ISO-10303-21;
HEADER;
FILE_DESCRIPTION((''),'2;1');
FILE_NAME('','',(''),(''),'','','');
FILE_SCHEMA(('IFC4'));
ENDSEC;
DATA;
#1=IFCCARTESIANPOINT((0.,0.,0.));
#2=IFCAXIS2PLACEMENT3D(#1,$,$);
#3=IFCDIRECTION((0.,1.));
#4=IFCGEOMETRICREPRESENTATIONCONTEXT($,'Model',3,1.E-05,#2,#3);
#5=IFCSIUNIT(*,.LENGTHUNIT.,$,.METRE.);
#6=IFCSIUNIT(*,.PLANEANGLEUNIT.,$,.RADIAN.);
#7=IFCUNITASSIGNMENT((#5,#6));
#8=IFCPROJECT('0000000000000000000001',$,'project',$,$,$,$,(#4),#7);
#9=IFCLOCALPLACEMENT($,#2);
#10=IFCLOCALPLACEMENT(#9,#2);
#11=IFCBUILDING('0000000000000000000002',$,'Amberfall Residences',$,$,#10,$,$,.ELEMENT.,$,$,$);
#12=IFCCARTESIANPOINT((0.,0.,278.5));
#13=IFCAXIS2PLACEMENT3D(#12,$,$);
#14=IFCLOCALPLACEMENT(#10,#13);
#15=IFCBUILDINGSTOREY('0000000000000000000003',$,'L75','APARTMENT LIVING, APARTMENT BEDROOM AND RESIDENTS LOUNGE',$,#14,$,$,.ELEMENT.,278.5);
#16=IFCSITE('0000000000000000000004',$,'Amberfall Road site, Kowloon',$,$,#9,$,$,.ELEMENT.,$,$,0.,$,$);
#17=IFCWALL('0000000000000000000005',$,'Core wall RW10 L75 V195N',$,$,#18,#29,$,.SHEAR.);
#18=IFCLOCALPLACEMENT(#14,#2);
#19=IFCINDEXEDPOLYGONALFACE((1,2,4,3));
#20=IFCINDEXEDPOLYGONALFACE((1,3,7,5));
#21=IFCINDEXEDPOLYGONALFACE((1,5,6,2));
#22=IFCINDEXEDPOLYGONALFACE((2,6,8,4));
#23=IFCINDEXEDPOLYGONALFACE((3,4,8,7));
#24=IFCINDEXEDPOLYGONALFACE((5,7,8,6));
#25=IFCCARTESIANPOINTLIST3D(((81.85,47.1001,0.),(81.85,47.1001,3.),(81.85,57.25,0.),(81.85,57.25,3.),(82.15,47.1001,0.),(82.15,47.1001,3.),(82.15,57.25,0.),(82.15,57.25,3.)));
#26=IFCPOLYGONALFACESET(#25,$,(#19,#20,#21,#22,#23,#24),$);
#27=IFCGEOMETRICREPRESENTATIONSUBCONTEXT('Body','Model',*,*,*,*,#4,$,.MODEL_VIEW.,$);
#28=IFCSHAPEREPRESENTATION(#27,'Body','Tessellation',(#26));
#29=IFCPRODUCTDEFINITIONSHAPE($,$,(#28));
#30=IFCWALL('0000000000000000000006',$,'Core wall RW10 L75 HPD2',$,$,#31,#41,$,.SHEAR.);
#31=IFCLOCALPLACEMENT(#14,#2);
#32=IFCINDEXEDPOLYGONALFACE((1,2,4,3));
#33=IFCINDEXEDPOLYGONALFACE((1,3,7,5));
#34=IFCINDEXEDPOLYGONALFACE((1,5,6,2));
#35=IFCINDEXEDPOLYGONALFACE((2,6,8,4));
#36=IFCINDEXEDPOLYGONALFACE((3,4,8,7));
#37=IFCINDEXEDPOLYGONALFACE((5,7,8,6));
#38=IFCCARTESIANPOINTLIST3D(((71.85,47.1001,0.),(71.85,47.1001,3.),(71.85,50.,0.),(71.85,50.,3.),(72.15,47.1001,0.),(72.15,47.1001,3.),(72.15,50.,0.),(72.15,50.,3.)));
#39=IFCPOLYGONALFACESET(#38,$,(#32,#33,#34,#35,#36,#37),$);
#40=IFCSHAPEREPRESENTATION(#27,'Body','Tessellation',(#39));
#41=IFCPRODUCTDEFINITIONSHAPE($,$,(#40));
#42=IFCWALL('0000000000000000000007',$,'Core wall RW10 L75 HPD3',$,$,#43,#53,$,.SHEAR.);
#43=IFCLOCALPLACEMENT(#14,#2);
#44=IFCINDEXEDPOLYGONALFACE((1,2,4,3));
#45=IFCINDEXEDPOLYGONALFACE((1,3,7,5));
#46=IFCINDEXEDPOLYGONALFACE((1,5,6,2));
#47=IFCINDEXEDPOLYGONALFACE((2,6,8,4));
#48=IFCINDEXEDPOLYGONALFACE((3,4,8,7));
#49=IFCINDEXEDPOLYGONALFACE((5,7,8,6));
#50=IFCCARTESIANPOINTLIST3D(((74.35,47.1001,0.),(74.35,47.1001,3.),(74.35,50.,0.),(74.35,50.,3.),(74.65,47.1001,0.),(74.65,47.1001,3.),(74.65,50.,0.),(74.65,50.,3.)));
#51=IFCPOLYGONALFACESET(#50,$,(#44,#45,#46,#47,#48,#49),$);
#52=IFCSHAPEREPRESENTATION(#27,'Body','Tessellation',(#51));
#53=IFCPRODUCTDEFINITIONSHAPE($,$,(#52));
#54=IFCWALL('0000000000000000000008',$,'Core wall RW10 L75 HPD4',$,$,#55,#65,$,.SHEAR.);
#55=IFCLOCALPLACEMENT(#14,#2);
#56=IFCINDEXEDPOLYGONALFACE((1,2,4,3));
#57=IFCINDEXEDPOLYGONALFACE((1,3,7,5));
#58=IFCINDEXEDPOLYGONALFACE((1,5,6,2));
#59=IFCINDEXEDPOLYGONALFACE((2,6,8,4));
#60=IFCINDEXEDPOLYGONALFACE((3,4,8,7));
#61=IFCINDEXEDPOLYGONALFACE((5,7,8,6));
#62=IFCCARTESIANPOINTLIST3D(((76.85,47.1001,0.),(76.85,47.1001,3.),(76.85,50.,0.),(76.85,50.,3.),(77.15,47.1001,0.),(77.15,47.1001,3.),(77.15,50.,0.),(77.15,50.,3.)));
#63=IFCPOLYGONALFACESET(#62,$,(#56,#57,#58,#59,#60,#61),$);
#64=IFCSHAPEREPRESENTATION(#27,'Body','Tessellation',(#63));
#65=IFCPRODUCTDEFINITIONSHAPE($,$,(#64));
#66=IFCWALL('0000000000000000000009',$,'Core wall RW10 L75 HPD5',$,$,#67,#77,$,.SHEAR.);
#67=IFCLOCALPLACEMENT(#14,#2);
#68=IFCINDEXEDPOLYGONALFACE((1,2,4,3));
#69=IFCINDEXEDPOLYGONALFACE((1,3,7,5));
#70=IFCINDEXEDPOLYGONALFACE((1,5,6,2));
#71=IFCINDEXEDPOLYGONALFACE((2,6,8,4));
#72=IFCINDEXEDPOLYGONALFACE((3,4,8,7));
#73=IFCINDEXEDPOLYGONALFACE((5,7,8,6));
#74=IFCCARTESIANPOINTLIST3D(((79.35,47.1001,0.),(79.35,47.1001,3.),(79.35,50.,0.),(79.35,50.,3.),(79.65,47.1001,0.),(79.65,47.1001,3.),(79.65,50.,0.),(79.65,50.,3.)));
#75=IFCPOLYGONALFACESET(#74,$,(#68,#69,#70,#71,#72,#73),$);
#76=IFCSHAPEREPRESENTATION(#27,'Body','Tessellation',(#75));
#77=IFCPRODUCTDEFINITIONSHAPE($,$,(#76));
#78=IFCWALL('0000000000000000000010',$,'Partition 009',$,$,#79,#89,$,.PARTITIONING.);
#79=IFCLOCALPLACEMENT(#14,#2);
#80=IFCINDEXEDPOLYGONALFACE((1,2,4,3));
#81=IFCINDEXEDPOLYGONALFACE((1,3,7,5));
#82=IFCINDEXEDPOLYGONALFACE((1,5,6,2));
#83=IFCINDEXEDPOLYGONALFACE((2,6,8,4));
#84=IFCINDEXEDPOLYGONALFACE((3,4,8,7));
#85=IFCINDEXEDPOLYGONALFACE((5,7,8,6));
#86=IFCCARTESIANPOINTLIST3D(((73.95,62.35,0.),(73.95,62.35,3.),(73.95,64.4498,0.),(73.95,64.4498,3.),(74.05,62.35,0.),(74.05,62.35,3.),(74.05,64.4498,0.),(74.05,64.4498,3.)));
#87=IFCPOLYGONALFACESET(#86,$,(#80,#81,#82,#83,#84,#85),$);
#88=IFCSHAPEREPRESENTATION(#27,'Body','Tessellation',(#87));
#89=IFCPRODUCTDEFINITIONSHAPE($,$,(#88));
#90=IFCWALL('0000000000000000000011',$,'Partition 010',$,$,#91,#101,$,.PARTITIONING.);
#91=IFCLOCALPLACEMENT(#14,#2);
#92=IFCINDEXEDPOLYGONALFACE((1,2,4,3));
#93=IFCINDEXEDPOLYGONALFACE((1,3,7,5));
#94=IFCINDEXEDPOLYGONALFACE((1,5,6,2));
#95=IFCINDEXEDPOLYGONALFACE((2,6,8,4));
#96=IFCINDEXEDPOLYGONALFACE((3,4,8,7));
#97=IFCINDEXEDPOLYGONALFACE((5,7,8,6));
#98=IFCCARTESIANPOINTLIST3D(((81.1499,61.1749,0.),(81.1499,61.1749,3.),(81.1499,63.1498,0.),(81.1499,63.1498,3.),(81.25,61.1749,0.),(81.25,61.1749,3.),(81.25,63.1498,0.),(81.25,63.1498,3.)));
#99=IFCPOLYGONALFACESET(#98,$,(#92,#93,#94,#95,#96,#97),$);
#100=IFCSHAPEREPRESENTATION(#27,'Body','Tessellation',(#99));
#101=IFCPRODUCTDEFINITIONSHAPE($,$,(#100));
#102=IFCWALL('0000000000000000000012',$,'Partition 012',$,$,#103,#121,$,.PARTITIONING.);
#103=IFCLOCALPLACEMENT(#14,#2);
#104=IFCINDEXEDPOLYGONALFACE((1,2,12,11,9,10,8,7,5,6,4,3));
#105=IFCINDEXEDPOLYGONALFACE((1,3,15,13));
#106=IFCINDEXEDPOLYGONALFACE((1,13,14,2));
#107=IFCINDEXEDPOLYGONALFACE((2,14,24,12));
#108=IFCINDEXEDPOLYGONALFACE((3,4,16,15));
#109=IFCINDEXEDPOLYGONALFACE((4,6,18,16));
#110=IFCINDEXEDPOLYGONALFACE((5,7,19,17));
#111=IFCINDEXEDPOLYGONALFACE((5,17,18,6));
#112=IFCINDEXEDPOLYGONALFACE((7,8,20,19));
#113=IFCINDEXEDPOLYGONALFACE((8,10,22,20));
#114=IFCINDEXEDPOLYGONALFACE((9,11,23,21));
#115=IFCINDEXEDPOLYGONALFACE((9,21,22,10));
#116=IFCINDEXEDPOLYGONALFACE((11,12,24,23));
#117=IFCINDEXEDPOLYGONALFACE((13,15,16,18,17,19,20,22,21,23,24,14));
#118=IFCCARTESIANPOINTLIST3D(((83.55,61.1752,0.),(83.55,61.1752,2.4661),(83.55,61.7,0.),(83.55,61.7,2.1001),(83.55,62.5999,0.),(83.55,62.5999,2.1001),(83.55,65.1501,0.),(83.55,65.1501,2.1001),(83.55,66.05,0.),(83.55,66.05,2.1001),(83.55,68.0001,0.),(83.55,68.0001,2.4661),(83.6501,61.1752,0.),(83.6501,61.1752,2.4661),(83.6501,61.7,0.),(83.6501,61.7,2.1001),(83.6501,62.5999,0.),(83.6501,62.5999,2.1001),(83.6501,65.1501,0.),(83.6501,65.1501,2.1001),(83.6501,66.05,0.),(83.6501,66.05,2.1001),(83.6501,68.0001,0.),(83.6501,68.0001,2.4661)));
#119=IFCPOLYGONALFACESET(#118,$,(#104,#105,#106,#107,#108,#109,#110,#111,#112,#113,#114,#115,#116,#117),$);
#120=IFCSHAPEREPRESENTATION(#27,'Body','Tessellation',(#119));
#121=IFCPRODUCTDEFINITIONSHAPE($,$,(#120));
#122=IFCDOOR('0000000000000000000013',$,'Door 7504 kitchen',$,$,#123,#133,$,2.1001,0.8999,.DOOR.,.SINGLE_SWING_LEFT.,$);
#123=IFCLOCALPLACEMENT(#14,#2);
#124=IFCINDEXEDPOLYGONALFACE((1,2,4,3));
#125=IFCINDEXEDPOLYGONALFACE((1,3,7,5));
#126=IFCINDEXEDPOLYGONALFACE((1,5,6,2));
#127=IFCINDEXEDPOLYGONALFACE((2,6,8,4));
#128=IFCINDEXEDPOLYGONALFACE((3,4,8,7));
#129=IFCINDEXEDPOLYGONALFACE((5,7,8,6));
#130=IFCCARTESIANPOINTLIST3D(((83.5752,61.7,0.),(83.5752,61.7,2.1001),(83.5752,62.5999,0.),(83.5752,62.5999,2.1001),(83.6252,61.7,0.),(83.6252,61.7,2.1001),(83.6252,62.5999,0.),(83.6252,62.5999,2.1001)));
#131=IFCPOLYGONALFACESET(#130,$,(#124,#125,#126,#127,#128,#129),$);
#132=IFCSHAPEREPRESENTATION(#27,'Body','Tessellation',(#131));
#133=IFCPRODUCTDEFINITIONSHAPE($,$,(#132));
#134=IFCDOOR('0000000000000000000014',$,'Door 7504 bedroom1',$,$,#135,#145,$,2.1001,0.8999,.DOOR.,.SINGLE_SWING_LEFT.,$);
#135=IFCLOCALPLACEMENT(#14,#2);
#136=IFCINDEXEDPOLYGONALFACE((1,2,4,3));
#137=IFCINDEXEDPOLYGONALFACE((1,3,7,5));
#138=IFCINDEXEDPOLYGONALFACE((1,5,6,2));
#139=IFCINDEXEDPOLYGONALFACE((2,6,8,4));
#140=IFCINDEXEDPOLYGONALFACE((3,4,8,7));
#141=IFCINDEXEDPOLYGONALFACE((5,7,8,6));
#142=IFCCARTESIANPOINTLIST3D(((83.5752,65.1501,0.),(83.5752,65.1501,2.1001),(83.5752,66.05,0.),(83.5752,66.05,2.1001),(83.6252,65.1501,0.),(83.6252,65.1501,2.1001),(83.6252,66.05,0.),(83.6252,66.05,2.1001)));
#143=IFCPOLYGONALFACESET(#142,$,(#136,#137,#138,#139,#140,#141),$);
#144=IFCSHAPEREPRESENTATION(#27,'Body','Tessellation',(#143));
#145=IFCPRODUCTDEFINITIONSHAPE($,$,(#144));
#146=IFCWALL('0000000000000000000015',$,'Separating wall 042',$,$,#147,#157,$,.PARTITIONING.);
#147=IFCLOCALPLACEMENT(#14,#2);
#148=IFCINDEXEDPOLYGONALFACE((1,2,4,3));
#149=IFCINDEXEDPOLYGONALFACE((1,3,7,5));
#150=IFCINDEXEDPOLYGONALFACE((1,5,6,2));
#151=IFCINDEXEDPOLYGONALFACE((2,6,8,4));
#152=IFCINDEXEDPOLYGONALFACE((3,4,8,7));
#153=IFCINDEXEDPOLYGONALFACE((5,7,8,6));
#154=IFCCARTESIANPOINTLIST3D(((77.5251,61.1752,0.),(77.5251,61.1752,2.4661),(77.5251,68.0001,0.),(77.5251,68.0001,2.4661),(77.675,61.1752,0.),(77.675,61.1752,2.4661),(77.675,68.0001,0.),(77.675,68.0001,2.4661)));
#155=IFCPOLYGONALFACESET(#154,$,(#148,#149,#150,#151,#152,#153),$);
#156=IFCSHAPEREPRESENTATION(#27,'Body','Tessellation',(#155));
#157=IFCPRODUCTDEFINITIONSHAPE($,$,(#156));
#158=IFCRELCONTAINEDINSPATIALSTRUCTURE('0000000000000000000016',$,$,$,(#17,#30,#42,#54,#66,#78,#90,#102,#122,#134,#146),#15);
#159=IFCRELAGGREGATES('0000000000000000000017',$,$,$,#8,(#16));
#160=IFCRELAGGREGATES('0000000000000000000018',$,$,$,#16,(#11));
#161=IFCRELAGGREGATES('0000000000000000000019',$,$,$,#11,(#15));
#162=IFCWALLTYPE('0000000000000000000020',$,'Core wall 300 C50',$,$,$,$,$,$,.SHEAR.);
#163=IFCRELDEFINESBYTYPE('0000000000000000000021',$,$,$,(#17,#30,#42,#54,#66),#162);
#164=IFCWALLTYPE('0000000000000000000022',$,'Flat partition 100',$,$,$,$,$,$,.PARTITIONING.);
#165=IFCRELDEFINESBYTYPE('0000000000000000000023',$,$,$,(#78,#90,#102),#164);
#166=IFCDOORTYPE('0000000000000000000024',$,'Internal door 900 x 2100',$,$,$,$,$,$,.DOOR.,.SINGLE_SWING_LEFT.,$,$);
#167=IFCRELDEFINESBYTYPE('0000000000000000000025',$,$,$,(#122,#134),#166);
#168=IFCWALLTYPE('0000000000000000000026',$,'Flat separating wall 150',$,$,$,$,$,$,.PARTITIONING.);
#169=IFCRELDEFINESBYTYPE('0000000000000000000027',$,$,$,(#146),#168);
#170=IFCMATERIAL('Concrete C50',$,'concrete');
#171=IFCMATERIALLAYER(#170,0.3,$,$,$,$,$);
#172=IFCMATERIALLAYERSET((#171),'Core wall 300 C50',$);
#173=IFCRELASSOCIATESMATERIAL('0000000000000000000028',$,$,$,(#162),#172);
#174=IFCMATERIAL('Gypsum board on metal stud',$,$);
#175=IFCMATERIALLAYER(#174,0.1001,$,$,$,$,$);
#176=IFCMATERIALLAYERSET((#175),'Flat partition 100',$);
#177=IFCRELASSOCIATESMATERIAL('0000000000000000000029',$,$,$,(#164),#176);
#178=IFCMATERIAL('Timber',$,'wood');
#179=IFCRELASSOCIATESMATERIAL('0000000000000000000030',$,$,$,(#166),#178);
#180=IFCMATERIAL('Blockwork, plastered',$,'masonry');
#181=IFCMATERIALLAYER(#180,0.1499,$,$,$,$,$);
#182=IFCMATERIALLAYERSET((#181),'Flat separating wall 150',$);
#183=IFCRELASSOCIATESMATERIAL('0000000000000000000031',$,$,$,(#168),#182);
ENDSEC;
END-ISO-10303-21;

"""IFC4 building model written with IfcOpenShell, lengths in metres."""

from ifc_helpers import new_model, si_unit, direction, frame, frame_2d, origin, place, context, subcontext, project, spatial, rectangle, extrude, material, layer, layer_set, type_object, element, fill, save


model = new_model("IFC4")

# Units and contexts
model_context = context("Model", 3, precision=1e-05, world=origin(), true_north=direction((0.0, 1.0)))
body_context = subcontext(model_context, "Body", "Model", "MODEL_VIEW")
ifc_project = project(units=[si_unit("LENGTHUNIT", "METRE"), si_unit("PLANEANGLEUNIT", "RADIAN")], contexts=[model_context])

# Site, building, storey
site_placement = place(None, origin())
site = spatial("IfcSite", under=ifc_project, at=site_placement, Name="Amberfall Road site, Kowloon", CompositionType="ELEMENT", RefElevation=0.0)
building_placement = place(site_placement, origin())
building = spatial("IfcBuilding", under=site, at=building_placement, Name="Amberfall Residences", CompositionType="ELEMENT")
storey_placement = place(building_placement, frame((0.0, 0.0, 278.5)))
storey = spatial("IfcBuildingStorey", under=building, at=storey_placement, Name="L75", Description="APARTMENT LIVING, APARTMENT BEDROOM AND RESIDENTS LOUNGE", CompositionType="ELEMENT", Elevation=278.5)

# Walls
ifc_material_1 = material(Name="Concrete C50", Category="concrete")
ifc_layer_1 = layer(ifc_material_1, 0.3)
ifc_layer_set_1 = layer_set([ifc_layer_1], Name="Core wall 300 C50")
wall_type_1 = type_object("IfcWallType", Name="Core wall 300 C50", PredefinedType="SHEAR", material=ifc_layer_set_1)
wall_1_placement = place(storey_placement, frame((82.0, 47.1001, 0.0), z_axis=(0.0, 0.0, 1.0), x_axis=(0.0, 1.0, 0.0)))
element("IfcWall", 1, at=wall_1_placement, inside=storey, type_object=wall_type_1, Name="Core wall RW10 L75 V195N", PredefinedType="SHEAR", context=body_context, shape_type="SweptSolid", body=[
    extrude(rectangle(XDim=10.1499, YDim=0.3, at=frame_2d((5.075, 0.0))), origin(), (0.0, 0.0, 1.0), 3.0),
])
for number, where, z_axis, x_axis, name in (
    (2, (72.0, 47.1001, 0.0), (0.0, 0.0, 1.0), (0.0, 1.0, 0.0), "Core wall RW10 L75 HPD2"),
    (3, (74.5, 47.1001, 0.0), (0.0, 0.0, 1.0), (0.0, 1.0, 0.0), "Core wall RW10 L75 HPD3"),
    (4, (77.0, 47.1001, 0.0), (0.0, 0.0, 1.0), (0.0, 1.0, 0.0), "Core wall RW10 L75 HPD4"),
    (5, (79.5, 47.1001, 0.0), (0.0, 0.0, 1.0), (0.0, 1.0, 0.0), "Core wall RW10 L75 HPD5"),
):
    element("IfcWall", number, at=place(storey_placement, frame(where, z_axis=z_axis, x_axis=x_axis)), inside=storey, type_object=wall_type_1, Name=name, PredefinedType="SHEAR", context=body_context, shape_type="SweptSolid", body=[
        extrude(rectangle(XDim=2.8999, YDim=0.3, at=frame_2d((1.45, 0.0))), origin(), (0.0, 0.0, 1.0), 3.0),
    ])
ifc_material_2 = material(Name="Gypsum board on metal stud")
ifc_layer_2 = layer(ifc_material_2, 0.1001)
ifc_layer_set_2 = layer_set([ifc_layer_2], Name="Flat partition 100")
wall_type_2 = type_object("IfcWallType", Name="Flat partition 100", PredefinedType="PARTITIONING", material=ifc_layer_set_2)
wall_2_placement = place(storey_placement, frame((74.0, 62.3501, 0.0), z_axis=(0.0, 0.0, 1.0), x_axis=(0.0, 1.0, 0.0)))
element("IfcWall", 6, at=wall_2_placement, inside=storey, type_object=wall_type_2, Name="Partition 009", PredefinedType="PARTITIONING", context=body_context, shape_type="SweptSolid", body=[
    extrude(rectangle(XDim=2.0999, YDim=0.1001, at=frame_2d((1.0498, 0.0))), origin(), (0.0, 0.0, 1.0), 3.0),
])
wall_3_placement = place(storey_placement, frame((81.2, 61.175, 0.0), z_axis=(0.0, 0.0, 1.0), x_axis=(0.0, 1.0, 0.0)))
element("IfcWall", 7, at=wall_3_placement, inside=storey, type_object=wall_type_2, Name="Partition 010", PredefinedType="PARTITIONING", context=body_context, shape_type="SweptSolid", body=[
    extrude(rectangle(XDim=1.9749, YDim=0.1001, at=frame_2d((0.9873, 0.0))), origin(), (0.0, 0.0, 1.0), 3.0),
])

# Wall, openings, doors
wall_4_placement = place(storey_placement, frame((83.6001, 61.175, 0.0), z_axis=(0.0, 0.0, 1.0), x_axis=(0.0, 1.0, 0.0)))
wall_4 = element("IfcWall", 8, at=wall_4_placement, inside=storey, type_object=wall_type_2, Name="Partition 012", PredefinedType="PARTITIONING", context=body_context, shape_type="SweptSolid", body=[
    extrude(rectangle(XDim=6.825, YDim=0.1001, at=frame_2d((3.4126, 0.0))), origin(), (0.0, 0.0, 1.0), 2.4661),
])
opening_1_placement = place(wall_4_placement, frame((0.5249, 0.0, 0.0)))
opening_1 = element("IfcOpeningElement", 9, at=opening_1_placement, cuts=wall_4, PredefinedType="OPENING", context=body_context, shape_type="SweptSolid", body=[
    extrude(rectangle(XDim=0.8999, YDim=2.1001, at=frame_2d((0.45, 1.05))), frame((0.0, 0.0601, 0.0), z_axis=(0.0, -1.0, 0.0), x_axis=(1.0, 0.0, 0.0)), (0.0, 0.0, 1.0), 0.1201),
])
opening_2_placement = place(wall_4_placement, frame((3.9751, 0.0, 0.0)))
opening_2 = element("IfcOpeningElement", 10, at=opening_2_placement, cuts=wall_4, PredefinedType="OPENING", context=body_context, shape_type="SweptSolid", body=[
    extrude(rectangle(XDim=0.8999, YDim=2.1001, at=frame_2d((0.45, 1.05))), frame((0.0, 0.0601, 0.0), z_axis=(0.0, -1.0, 0.0), x_axis=(1.0, 0.0, 0.0)), (0.0, 0.0, 1.0), 0.1201),
])
ifc_material_3 = material(Name="Timber", Category="wood")
door_type_1 = type_object("IfcDoorType", Name="Internal door 900 x 2100", OperationType="SINGLE_SWING_LEFT", PredefinedType="DOOR", material=ifc_material_3)
door_1_placement = place(opening_1_placement, origin())
door_1 = element("IfcDoor", 11, at=door_1_placement, inside=storey, type_object=door_type_1, Name="Door 7504 kitchen", OperationType="SINGLE_SWING_LEFT", OverallHeight=2.1001, OverallWidth=0.8999, PredefinedType="DOOR", context=body_context, shape_type="SweptSolid", body=[
    extrude(rectangle(XDim=0.8999, YDim=2.1001, at=frame_2d((0.45, 1.05))), frame((0.0, 0.0249, 0.0), z_axis=(0.0, -1.0, 0.0), x_axis=(1.0, 0.0, 0.0)), (0.0, 0.0, 1.0), 0.05),
])
fill(opening_1, door_1)
door_2_placement = place(opening_2_placement, origin())
door_2 = element("IfcDoor", 12, at=door_2_placement, inside=storey, type_object=door_type_1, Name="Door 7504 bedroom1", OperationType="SINGLE_SWING_LEFT", OverallHeight=2.1001, OverallWidth=0.8999, PredefinedType="DOOR", context=body_context, shape_type="SweptSolid", body=[
    extrude(rectangle(XDim=0.8999, YDim=2.1001, at=frame_2d((0.45, 1.05))), frame((0.0, 0.0249, 0.0), z_axis=(0.0, -1.0, 0.0), x_axis=(1.0, 0.0, 0.0)), (0.0, 0.0, 1.0), 0.05),
])
fill(opening_2, door_2)

# Wall
ifc_material_4 = material(Name="Blockwork, plastered", Category="masonry")
ifc_layer_3 = layer(ifc_material_4, 0.1499)
ifc_layer_set_3 = layer_set([ifc_layer_3], Name="Flat separating wall 150")
wall_type_3 = type_object("IfcWallType", Name="Flat separating wall 150", PredefinedType="PARTITIONING", material=ifc_layer_set_3)
wall_5_placement = place(storey_placement, frame((77.6001, 61.175, 0.0), z_axis=(0.0, 0.0, 1.0), x_axis=(0.0, 1.0, 0.0)))
element("IfcWall", 13, at=wall_5_placement, inside=storey, type_object=wall_type_3, Name="Separating wall 042", PredefinedType="PARTITIONING", context=body_context, shape_type="SweptSolid", body=[
    extrude(rectangle(XDim=6.825, YDim=0.1499, at=frame_2d((3.4126, 0.0))), origin(), (0.0, 0.0, 1.0), 2.4661),
])

save(model, "model.ifc")
